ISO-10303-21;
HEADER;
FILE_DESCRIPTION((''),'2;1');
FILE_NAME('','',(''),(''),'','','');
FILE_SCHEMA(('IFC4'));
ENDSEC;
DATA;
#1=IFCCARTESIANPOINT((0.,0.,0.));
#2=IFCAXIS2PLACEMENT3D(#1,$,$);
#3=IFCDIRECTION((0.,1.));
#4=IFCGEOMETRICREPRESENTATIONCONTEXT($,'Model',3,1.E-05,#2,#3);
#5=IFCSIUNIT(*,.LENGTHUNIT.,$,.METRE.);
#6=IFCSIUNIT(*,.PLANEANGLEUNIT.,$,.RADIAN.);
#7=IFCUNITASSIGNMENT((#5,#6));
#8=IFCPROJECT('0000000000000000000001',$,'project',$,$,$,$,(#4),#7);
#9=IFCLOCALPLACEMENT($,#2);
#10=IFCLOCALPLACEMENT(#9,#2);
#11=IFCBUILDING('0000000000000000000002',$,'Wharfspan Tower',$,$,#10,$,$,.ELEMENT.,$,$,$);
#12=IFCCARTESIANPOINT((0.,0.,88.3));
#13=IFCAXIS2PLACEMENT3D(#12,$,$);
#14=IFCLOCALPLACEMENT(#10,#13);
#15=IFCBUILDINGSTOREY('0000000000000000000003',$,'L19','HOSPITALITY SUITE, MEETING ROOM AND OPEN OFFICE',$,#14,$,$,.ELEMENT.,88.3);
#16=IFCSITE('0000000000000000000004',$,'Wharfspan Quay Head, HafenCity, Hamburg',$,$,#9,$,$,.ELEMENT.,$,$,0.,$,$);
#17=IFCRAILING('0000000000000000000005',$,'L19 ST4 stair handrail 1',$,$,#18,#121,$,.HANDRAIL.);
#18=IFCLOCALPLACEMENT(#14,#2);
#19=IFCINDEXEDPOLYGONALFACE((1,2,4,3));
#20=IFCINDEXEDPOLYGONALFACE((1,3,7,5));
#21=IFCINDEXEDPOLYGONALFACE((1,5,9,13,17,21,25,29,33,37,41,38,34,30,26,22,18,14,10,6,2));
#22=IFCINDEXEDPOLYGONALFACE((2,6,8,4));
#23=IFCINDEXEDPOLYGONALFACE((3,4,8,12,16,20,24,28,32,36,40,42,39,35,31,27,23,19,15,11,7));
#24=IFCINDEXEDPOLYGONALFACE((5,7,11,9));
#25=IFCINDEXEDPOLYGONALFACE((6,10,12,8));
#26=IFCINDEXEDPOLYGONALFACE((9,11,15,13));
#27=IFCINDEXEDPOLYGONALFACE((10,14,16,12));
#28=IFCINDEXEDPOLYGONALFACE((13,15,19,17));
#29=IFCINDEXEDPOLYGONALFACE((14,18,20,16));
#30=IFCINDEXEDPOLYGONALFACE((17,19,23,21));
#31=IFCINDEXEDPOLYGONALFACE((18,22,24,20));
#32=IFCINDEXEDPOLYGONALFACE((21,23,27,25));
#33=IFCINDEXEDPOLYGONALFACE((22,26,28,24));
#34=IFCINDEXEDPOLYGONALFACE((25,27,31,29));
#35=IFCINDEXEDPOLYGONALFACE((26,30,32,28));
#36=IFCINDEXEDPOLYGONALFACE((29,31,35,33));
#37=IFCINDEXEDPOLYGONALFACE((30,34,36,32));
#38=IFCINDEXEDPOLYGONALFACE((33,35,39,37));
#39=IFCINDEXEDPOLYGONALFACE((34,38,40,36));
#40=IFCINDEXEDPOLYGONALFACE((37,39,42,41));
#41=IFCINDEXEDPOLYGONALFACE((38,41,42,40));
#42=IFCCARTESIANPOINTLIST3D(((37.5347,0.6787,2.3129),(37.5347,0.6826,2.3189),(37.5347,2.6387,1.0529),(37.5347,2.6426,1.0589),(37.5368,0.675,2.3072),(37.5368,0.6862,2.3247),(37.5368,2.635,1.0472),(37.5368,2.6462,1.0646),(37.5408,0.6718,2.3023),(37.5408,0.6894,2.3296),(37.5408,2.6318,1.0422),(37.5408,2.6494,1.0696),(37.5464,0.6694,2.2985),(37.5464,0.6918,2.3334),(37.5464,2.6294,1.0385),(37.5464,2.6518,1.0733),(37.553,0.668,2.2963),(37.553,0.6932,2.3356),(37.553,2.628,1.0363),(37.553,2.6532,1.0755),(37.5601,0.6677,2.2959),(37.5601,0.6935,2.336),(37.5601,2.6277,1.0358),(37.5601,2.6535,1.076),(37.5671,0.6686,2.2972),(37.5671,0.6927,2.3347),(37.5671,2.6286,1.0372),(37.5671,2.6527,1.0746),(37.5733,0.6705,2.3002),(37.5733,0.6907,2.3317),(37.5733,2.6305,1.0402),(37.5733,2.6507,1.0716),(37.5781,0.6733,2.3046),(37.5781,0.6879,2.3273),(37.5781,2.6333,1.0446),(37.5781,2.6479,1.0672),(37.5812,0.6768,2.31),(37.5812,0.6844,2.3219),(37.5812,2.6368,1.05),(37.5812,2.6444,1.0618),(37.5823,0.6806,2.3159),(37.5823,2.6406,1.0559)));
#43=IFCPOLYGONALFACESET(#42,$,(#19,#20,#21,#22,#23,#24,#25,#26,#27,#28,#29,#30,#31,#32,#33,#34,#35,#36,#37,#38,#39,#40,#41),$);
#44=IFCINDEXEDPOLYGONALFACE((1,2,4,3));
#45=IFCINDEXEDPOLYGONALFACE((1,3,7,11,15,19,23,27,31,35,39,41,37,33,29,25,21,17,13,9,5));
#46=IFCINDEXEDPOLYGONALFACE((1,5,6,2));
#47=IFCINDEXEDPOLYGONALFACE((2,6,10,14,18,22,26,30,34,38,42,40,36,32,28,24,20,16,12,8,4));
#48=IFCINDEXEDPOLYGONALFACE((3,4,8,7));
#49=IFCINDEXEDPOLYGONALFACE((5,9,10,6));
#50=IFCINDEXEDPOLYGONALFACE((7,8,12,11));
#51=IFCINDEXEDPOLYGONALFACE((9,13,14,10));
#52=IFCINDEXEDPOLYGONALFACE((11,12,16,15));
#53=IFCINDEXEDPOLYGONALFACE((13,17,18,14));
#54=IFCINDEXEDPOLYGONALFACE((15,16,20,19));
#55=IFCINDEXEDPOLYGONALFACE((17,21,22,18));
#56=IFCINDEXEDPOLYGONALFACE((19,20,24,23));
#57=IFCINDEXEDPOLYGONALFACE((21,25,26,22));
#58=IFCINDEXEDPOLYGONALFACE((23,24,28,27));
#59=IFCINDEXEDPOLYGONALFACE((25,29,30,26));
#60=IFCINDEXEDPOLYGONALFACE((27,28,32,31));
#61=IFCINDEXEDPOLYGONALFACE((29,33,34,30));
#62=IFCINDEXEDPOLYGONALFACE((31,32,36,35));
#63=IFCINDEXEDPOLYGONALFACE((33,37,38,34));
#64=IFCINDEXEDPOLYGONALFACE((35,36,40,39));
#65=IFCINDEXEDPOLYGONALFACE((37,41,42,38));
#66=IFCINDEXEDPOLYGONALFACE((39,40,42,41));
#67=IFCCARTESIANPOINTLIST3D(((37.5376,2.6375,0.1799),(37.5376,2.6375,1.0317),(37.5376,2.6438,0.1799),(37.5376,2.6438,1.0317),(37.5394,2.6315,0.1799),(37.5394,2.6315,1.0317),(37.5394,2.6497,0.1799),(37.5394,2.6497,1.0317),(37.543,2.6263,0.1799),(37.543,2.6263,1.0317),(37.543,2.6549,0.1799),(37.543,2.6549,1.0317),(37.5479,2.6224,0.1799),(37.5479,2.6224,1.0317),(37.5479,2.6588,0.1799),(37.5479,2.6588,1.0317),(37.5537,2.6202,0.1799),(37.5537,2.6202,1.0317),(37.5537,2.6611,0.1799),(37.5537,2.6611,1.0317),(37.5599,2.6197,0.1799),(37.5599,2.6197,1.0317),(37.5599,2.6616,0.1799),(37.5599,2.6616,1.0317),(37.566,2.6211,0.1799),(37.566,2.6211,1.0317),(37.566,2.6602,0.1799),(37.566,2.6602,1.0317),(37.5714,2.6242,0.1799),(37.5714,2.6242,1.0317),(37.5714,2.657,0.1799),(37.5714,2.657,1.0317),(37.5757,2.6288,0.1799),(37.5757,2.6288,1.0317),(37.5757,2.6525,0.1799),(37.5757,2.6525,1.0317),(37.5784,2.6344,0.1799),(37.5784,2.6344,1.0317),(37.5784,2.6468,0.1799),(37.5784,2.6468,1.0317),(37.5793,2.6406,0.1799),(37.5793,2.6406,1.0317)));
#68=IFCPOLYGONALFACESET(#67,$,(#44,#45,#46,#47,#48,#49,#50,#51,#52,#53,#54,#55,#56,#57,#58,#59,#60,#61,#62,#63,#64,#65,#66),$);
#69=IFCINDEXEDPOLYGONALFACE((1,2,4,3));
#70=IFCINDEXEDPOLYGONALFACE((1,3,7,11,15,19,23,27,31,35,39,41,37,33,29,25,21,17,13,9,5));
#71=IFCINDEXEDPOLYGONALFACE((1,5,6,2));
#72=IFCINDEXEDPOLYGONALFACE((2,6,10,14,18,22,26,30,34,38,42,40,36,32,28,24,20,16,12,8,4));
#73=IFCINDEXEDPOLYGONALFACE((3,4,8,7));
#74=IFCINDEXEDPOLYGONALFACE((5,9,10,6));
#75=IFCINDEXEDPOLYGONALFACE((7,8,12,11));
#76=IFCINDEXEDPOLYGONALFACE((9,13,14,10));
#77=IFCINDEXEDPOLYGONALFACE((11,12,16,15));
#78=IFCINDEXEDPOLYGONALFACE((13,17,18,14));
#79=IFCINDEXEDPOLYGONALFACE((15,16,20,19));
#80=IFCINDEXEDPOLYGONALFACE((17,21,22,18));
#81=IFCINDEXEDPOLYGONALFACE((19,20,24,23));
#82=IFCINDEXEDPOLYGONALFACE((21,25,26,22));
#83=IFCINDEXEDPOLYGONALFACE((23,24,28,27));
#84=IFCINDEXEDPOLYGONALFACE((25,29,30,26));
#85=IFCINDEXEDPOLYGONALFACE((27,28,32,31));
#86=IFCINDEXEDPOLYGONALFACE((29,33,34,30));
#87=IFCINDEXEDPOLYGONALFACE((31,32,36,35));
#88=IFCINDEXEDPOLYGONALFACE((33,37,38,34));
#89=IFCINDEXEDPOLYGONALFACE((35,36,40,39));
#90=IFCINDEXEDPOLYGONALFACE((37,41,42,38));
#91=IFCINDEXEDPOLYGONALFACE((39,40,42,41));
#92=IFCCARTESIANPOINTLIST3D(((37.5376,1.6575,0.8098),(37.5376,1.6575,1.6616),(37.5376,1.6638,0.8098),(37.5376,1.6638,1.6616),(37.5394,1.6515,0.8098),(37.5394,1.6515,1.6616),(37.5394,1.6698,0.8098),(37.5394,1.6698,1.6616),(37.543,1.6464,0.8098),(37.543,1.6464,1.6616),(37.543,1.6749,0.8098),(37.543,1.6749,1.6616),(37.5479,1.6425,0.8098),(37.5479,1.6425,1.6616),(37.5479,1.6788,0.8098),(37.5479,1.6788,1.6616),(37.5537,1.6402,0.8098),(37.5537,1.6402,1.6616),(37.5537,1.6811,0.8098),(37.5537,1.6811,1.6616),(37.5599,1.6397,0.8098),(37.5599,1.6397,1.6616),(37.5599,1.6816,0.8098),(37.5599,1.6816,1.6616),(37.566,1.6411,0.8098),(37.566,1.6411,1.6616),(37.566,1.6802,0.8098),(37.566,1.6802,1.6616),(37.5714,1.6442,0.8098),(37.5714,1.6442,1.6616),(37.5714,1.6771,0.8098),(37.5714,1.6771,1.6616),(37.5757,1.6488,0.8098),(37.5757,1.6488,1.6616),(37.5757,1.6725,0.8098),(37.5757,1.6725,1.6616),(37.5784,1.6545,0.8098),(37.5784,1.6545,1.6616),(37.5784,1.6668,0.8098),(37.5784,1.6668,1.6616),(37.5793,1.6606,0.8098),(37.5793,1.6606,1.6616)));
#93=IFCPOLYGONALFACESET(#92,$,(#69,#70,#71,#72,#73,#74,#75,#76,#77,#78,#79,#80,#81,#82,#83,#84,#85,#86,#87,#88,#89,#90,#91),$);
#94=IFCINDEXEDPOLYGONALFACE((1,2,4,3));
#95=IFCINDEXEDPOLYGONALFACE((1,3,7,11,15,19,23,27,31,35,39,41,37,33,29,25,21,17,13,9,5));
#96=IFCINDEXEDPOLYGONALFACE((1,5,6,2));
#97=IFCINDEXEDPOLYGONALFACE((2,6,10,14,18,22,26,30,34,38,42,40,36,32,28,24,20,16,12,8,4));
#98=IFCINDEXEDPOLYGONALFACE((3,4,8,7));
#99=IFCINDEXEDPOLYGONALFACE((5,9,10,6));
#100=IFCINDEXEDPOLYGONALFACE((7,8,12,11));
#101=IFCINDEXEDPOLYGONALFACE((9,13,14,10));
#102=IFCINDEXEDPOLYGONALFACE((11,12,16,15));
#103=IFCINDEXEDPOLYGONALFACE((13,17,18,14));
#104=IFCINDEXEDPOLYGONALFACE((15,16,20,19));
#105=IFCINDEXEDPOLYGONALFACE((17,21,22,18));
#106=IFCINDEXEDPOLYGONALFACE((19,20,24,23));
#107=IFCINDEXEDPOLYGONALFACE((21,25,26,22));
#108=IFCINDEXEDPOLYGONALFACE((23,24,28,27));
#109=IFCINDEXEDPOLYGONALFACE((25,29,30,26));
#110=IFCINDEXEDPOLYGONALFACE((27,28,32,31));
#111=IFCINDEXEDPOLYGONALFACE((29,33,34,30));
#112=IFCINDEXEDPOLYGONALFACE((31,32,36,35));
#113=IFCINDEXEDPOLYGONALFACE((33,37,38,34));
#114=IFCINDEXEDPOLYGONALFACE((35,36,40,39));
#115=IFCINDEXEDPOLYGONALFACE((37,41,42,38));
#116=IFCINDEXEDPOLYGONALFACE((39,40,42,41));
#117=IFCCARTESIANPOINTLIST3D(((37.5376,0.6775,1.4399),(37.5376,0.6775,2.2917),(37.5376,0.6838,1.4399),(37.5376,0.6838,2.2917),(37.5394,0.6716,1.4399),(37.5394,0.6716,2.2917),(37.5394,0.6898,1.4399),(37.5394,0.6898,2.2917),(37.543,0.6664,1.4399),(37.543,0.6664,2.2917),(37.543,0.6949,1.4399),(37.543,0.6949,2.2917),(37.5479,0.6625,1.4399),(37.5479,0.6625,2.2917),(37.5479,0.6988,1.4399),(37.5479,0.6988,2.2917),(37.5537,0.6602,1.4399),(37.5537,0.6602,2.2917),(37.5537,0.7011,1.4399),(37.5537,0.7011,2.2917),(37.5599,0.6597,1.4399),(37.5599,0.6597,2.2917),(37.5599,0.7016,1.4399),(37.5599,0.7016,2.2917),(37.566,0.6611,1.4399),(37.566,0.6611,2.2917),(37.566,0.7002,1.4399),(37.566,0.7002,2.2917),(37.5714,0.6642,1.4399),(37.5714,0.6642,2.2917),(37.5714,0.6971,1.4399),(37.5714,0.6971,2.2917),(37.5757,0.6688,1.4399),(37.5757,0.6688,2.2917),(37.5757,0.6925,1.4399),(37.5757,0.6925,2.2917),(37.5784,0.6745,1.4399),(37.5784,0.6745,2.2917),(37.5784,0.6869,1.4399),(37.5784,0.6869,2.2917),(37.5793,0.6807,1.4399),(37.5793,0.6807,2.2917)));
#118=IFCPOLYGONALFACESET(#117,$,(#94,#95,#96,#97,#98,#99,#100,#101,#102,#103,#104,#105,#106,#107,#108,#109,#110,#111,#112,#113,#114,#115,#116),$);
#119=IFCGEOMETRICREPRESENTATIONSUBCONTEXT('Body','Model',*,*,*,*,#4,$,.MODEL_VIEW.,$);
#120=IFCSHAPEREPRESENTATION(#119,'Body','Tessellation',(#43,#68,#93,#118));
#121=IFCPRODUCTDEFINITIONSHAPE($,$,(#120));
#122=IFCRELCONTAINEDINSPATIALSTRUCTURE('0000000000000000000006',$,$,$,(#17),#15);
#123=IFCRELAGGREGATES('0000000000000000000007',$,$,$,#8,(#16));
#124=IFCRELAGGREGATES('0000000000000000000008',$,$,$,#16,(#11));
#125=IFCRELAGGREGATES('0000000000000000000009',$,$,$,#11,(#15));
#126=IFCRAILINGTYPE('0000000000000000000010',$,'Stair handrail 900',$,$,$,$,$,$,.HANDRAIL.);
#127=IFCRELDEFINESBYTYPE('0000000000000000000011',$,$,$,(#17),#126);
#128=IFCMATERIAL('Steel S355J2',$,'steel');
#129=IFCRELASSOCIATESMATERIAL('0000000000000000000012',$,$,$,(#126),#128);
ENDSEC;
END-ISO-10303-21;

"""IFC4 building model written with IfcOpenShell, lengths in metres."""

from ifc_helpers import new_model, si_unit, direction, frame, origin, origin_2d, place, context, subcontext, project, spatial, circle, extrude, material, type_object, element, save


model = new_model("IFC4")

# Units and contexts
model_context = context("Model", 3, precision=1e-05, world=origin(), true_north=direction((0.0, 1.0)))
body_context = subcontext(model_context, "Body", "Model", "MODEL_VIEW")
ifc_project = project(units=[si_unit("LENGTHUNIT", "METRE"), si_unit("PLANEANGLEUNIT", "RADIAN")], contexts=[model_context])

# Site, building, storey
site_placement = place(None, origin())
site = spatial("IfcSite", under=ifc_project, at=site_placement, Name="Wharfspan Quay Head, HafenCity, Hamburg", CompositionType="ELEMENT", RefElevation=0.0)
building_placement = place(site_placement, origin())
building = spatial("IfcBuilding", under=site, at=building_placement, Name="Wharfspan Tower", CompositionType="ELEMENT")
storey_placement = place(building_placement, frame((0.0, 0.0, 88.3)))
storey = spatial("IfcBuildingStorey", under=building, at=storey_placement, Name="L19", Description="HOSPITALITY SUITE, MEETING ROOM AND OPEN OFFICE", CompositionType="ELEMENT", Elevation=88.3)

# Shared definitions
ifc_material_1 = material(Name="Steel S355J2", Category="steel")

# Railing
railing_type_1 = type_object("IfcRailingType", Name="Stair handrail 900", PredefinedType="HANDRAIL", material=ifc_material_1)
railing_1_placement = place(storey_placement, frame((37.5583, 2.6406, 0.1799)))
element("IfcRailing", 1, at=railing_1_placement, inside=storey, type_object=railing_type_1, Name="L19 ST4 stair handrail 1", PredefinedType="HANDRAIL", context=body_context, shape_type="SweptSolid", body=[
    extrude(circle(Radius=0.0239, at=origin_2d()), frame((0.0, 0.0, 0.876), z_axis=(0.0, -0.841172, 0.540768), x_axis=(1.0, 0.0, 0.0)), (0.0, 0.0, 1.0), 2.3301),
    extrude(circle(Radius=0.021, at=origin_2d()), origin(), (0.0, 0.0, 1.0), 0.8518),
    extrude(circle(Radius=0.021, at=origin_2d()), frame((0.0, -0.98, 0.6299)), (0.0, 0.0, 1.0), 0.8518),
    extrude(circle(Radius=0.021, at=origin_2d()), frame((0.0, -1.96, 1.26)), (0.0, 0.0, 1.0), 0.8518),
])

save(model, "model.ifc")
